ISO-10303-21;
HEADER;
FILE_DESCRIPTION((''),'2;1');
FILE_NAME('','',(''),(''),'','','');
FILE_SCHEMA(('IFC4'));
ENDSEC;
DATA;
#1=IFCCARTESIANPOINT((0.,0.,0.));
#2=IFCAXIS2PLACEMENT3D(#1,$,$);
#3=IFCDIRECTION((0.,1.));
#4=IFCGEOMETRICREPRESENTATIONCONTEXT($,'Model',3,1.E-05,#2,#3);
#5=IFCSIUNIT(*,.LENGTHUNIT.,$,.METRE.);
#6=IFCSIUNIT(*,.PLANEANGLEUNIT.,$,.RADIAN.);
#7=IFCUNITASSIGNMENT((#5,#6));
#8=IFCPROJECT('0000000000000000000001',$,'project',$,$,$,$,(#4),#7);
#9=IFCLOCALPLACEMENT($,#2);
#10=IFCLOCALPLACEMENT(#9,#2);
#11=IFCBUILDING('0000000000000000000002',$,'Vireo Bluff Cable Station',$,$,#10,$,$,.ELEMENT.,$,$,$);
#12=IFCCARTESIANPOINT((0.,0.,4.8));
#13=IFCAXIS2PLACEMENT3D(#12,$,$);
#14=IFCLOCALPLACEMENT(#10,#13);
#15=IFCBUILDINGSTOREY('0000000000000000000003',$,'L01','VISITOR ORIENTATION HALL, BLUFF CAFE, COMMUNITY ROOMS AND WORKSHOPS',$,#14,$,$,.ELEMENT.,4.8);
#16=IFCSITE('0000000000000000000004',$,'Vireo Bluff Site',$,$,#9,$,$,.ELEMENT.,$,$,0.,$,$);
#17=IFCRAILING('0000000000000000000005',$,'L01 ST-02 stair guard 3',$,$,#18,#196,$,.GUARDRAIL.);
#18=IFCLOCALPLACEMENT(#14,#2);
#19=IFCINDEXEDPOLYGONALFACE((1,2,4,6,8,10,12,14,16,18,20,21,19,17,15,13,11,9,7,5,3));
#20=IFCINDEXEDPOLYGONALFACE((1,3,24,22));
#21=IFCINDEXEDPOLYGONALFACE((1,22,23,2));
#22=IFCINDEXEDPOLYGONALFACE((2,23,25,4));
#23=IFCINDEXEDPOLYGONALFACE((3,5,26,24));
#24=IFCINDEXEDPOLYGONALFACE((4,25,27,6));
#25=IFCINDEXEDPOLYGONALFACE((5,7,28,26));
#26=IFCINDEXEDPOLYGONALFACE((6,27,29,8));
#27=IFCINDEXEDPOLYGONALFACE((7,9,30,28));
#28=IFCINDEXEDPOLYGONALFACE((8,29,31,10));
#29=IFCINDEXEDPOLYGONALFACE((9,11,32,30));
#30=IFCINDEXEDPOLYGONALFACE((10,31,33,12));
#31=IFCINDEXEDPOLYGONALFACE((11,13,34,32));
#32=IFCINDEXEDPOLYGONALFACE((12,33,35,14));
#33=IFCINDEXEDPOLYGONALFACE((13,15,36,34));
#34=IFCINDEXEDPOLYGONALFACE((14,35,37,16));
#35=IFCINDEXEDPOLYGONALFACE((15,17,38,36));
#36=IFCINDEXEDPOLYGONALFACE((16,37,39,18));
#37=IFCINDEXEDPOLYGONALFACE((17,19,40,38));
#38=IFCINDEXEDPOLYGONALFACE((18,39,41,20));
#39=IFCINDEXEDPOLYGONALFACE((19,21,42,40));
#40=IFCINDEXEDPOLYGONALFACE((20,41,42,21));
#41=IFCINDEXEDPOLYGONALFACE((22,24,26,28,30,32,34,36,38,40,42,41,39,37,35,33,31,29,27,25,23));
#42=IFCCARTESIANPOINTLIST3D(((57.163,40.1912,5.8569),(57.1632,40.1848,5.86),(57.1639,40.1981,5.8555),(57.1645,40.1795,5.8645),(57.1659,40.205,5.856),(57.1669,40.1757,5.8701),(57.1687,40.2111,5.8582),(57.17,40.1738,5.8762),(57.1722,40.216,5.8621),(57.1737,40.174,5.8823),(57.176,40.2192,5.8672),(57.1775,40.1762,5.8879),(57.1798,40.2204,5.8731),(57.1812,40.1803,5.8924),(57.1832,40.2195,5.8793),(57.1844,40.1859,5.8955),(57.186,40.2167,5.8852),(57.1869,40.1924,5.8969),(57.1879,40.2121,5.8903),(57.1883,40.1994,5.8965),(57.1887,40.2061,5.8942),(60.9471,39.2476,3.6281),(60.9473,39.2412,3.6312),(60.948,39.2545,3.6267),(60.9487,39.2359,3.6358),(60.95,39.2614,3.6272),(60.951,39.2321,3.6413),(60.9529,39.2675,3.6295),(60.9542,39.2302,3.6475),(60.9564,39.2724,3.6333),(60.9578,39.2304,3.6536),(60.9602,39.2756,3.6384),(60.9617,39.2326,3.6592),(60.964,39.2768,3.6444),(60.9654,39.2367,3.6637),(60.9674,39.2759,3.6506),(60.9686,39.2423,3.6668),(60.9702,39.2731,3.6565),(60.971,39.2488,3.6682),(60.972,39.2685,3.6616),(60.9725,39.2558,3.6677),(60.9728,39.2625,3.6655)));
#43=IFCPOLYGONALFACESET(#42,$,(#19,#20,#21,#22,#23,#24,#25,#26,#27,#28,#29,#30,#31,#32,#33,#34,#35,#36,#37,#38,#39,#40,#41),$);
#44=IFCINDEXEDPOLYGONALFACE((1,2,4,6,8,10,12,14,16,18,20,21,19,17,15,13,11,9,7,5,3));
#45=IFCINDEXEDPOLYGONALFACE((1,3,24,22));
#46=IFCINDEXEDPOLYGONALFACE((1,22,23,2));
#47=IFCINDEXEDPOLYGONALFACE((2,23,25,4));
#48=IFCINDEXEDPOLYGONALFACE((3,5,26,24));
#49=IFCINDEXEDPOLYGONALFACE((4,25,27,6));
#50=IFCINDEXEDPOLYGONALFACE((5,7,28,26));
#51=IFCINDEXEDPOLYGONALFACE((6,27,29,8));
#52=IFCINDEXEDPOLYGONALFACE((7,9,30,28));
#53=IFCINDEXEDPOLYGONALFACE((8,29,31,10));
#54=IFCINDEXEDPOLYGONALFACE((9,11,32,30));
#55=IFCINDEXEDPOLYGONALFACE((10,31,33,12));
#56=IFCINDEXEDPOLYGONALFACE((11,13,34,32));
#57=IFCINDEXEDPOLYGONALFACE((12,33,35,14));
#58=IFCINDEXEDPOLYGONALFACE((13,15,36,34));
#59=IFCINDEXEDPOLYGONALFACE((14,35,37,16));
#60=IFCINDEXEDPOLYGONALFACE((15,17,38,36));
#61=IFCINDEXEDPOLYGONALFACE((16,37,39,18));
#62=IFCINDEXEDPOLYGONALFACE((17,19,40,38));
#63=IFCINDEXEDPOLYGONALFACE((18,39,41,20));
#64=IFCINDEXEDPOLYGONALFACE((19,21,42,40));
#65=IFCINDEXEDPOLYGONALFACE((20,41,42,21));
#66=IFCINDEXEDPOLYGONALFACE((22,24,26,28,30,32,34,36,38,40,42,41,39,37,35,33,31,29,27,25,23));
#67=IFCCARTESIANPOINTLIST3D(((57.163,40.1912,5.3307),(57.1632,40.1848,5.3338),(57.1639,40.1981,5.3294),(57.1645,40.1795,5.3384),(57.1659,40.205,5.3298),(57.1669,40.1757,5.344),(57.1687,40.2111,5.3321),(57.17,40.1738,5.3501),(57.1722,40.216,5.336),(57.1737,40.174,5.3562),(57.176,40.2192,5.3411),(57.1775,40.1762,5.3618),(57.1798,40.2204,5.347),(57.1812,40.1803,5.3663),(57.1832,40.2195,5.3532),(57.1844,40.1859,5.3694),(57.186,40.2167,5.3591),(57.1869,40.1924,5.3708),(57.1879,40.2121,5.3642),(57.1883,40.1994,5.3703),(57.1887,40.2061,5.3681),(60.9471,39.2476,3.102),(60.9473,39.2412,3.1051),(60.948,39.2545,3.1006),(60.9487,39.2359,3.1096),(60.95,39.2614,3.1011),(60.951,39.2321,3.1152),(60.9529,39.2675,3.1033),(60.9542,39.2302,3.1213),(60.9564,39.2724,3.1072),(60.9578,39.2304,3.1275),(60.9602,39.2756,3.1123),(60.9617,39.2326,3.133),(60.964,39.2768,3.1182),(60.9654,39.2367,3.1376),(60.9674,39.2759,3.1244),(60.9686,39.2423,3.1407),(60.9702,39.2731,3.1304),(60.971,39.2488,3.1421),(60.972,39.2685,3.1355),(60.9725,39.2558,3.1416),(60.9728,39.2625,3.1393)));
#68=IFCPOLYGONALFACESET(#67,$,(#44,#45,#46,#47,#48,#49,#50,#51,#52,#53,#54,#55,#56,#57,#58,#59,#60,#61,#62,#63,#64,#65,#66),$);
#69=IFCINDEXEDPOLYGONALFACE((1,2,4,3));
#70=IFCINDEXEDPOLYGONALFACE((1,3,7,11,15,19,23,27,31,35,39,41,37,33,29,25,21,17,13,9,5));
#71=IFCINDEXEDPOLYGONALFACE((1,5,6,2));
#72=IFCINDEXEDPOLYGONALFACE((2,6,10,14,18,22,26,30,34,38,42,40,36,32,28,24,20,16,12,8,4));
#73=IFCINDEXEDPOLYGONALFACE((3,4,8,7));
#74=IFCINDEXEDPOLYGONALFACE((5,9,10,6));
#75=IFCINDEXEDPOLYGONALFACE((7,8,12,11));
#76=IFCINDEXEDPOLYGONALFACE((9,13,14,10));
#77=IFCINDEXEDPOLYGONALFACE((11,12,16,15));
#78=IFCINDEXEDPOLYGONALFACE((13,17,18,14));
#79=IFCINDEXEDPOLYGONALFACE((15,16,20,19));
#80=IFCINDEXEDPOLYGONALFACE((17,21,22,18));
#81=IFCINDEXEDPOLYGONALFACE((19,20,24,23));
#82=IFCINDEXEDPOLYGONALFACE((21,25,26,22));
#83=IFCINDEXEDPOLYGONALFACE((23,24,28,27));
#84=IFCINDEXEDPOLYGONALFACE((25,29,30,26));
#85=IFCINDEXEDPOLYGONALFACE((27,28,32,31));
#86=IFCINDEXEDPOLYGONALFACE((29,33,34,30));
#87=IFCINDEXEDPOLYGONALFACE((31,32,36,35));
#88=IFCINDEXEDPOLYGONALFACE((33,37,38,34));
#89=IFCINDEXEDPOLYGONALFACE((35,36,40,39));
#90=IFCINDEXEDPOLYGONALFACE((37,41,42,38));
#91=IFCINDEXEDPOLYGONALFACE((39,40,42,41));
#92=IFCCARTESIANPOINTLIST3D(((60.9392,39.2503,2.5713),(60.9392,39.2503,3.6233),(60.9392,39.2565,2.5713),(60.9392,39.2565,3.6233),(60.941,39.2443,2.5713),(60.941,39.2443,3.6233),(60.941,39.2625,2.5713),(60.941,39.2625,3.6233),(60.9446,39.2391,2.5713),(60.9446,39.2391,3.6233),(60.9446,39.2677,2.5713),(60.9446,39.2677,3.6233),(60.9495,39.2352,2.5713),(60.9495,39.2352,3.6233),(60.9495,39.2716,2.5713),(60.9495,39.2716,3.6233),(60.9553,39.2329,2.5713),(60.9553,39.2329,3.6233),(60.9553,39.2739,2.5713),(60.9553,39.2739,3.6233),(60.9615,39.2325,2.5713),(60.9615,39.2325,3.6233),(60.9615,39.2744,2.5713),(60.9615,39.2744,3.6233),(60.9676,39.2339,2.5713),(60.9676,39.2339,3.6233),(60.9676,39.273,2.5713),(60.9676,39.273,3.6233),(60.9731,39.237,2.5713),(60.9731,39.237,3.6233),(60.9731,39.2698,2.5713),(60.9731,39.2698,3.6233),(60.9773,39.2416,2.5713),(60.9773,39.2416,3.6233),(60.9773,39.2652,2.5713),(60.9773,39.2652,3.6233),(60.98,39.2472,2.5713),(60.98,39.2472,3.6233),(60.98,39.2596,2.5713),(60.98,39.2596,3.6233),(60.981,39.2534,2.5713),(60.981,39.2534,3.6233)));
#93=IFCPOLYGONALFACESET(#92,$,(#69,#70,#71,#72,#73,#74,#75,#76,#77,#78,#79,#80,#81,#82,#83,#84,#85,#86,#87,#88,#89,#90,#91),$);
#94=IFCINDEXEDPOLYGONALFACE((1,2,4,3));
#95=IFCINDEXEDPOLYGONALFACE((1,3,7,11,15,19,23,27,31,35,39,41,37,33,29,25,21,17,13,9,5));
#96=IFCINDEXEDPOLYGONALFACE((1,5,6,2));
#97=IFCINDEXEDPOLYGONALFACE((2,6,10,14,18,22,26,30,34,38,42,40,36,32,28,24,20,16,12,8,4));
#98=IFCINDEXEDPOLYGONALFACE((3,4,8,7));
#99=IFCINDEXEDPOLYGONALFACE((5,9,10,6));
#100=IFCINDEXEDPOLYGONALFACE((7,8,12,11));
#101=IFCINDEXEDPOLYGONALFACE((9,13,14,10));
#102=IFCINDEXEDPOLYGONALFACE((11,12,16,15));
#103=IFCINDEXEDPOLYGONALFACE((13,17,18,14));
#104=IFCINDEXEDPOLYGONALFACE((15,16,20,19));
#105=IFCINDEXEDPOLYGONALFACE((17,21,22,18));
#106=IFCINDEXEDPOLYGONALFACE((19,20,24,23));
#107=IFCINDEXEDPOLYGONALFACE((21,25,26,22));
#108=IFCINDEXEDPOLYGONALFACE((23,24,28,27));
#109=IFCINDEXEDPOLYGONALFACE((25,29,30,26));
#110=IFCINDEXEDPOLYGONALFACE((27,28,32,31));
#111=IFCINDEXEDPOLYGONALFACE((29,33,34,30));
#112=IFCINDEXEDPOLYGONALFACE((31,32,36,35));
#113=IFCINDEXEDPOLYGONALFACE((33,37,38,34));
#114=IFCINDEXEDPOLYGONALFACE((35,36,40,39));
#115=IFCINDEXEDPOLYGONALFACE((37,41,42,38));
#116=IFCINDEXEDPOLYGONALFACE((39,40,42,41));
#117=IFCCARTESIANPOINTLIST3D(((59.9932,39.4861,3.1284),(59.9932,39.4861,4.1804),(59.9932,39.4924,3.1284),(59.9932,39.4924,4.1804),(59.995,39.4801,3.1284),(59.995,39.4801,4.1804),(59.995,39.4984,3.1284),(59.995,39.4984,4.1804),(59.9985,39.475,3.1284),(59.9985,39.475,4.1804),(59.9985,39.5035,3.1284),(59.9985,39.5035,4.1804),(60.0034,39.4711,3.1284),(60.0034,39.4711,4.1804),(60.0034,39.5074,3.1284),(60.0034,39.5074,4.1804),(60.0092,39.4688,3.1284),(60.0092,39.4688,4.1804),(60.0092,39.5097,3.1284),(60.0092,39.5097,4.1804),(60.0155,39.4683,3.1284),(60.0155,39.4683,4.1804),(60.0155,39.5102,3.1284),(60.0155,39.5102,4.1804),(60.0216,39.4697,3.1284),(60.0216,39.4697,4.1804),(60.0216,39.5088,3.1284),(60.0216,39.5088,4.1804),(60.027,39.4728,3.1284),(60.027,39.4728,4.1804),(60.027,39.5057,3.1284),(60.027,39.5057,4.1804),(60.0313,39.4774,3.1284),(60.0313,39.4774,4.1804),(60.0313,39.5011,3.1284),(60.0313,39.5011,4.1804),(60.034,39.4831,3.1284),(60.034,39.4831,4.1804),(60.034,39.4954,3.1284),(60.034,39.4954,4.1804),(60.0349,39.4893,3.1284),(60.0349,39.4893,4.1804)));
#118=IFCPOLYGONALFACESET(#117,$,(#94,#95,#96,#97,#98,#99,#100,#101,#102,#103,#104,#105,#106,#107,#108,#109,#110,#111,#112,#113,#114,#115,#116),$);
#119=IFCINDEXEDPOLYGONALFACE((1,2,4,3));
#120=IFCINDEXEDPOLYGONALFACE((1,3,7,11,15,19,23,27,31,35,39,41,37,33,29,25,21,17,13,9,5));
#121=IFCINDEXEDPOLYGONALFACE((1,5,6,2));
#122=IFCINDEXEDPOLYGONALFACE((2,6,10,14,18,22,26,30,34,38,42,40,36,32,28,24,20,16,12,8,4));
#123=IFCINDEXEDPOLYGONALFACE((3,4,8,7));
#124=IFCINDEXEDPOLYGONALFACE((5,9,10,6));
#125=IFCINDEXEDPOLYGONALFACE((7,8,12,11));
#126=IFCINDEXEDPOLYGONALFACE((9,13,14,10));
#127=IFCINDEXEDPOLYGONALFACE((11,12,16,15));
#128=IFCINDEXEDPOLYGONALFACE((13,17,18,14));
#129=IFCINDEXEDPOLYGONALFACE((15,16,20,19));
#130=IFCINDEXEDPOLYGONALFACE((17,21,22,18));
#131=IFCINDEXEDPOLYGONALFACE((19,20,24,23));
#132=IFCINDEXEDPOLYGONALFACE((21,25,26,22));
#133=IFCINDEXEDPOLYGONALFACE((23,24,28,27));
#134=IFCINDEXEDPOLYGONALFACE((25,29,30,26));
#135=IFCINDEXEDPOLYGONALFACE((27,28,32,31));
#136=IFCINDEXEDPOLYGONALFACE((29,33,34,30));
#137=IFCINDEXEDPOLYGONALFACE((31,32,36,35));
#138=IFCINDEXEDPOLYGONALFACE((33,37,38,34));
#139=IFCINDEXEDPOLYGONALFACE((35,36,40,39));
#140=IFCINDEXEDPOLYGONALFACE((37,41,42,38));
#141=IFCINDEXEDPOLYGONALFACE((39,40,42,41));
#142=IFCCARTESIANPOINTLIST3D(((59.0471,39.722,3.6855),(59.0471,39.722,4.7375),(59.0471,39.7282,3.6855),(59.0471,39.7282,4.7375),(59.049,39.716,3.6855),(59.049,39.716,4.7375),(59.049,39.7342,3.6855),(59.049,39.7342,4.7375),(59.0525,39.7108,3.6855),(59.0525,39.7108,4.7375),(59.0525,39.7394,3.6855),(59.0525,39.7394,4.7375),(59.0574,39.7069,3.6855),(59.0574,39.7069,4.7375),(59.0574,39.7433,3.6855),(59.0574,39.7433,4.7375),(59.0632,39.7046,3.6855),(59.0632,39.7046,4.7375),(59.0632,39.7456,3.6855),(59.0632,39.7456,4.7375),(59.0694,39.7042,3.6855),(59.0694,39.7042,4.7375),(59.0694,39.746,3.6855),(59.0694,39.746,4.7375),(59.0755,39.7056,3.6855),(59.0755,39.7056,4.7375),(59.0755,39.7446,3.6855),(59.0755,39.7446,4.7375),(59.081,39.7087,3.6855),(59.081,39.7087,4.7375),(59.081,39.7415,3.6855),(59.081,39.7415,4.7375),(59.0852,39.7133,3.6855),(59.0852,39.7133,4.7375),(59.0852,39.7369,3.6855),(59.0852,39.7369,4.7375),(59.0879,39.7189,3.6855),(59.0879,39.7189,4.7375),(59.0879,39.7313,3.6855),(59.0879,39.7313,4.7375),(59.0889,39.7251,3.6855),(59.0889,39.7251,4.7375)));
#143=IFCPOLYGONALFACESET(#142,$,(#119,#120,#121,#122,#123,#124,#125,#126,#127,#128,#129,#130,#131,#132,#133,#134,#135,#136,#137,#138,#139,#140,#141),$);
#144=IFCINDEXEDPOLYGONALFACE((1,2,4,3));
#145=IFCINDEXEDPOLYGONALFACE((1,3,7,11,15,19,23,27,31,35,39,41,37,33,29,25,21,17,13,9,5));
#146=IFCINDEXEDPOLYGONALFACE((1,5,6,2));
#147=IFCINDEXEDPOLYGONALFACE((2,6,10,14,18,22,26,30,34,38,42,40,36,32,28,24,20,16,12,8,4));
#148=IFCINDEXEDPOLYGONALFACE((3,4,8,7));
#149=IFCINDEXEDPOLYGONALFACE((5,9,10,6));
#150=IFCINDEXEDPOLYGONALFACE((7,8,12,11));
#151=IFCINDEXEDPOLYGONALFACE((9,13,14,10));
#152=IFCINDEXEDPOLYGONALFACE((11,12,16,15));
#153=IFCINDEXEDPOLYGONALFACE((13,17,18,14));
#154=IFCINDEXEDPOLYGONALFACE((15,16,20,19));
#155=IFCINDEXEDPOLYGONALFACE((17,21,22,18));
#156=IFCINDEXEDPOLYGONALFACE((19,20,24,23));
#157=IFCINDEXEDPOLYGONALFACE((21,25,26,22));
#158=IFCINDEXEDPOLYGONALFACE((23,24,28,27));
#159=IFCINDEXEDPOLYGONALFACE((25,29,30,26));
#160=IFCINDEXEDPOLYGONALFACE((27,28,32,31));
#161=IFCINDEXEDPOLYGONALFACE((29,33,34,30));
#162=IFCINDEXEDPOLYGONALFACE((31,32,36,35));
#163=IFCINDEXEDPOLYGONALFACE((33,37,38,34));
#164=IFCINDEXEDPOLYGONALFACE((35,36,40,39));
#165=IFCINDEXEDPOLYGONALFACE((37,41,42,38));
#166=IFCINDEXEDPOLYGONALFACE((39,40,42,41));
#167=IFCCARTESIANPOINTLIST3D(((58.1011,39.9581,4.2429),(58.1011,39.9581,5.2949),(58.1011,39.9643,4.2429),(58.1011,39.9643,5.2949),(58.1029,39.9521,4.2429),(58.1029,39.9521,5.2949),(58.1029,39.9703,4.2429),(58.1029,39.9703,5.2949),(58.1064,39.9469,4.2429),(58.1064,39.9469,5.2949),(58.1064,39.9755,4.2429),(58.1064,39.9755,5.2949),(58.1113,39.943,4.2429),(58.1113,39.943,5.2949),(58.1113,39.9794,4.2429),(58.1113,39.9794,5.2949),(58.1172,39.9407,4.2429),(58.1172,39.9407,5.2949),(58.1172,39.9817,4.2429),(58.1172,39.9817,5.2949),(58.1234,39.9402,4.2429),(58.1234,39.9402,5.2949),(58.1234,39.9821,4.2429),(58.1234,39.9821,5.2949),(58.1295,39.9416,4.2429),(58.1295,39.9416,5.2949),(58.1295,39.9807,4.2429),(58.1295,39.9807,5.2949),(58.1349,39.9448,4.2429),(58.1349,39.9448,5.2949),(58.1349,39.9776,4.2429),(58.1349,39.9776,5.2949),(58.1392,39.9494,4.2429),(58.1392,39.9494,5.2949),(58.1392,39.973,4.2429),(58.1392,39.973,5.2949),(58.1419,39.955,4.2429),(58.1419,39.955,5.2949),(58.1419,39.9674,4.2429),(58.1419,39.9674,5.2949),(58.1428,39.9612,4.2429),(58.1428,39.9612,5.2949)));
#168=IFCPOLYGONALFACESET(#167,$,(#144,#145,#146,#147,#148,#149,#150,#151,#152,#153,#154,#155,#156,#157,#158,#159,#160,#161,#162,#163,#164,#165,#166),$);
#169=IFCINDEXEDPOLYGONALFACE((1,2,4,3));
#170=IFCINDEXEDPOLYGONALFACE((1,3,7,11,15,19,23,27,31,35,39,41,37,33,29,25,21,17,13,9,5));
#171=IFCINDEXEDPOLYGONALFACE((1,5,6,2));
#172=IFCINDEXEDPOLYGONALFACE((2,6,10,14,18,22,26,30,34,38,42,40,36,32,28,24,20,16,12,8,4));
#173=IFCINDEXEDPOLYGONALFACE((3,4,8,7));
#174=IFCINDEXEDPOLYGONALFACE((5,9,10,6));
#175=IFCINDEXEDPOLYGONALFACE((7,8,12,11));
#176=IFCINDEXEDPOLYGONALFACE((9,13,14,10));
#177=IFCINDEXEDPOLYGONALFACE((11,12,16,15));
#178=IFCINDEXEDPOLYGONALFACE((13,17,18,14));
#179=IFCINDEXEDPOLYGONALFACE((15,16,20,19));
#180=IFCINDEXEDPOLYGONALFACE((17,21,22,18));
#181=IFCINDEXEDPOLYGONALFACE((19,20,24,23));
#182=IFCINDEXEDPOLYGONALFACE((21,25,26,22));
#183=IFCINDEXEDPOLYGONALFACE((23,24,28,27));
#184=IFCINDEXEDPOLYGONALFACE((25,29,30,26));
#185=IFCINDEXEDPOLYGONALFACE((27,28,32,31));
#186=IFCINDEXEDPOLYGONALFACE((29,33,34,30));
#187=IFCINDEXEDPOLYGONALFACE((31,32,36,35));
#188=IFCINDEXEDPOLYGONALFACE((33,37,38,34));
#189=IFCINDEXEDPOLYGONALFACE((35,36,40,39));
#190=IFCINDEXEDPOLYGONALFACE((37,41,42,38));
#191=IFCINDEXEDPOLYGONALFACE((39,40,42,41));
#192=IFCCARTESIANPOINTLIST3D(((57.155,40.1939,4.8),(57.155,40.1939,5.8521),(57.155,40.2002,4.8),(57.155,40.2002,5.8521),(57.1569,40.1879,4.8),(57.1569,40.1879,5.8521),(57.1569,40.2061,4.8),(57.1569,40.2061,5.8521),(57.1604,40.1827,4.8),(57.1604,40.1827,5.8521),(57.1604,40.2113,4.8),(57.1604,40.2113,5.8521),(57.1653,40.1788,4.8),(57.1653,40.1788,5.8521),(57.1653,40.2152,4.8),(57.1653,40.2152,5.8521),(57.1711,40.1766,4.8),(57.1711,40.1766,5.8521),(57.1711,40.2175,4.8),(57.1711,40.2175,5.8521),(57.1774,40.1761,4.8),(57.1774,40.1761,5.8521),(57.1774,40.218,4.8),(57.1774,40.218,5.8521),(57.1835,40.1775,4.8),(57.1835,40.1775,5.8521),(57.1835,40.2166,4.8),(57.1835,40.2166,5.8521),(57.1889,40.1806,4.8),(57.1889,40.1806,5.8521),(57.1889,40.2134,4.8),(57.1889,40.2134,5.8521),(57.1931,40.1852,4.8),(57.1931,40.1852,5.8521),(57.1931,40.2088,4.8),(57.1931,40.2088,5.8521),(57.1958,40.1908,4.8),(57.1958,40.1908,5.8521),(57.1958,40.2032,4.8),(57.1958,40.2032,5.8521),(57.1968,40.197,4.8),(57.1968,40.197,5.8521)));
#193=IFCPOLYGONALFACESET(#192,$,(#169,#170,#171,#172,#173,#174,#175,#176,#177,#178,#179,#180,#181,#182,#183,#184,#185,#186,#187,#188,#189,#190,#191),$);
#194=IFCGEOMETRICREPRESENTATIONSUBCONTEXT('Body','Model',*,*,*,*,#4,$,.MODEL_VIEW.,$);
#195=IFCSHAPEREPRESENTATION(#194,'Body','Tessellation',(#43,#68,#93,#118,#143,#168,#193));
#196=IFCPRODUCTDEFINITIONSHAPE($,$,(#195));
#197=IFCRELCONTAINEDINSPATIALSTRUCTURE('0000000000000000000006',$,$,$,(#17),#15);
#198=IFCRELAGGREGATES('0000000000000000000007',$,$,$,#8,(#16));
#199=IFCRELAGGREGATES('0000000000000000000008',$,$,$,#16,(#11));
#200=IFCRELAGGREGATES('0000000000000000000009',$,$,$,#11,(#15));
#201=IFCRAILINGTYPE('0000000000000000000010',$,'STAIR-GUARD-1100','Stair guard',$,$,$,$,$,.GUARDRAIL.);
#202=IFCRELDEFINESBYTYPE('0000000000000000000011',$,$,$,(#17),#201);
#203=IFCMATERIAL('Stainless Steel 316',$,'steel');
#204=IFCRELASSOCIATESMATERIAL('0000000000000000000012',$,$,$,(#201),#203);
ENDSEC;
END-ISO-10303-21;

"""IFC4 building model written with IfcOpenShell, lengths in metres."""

from ifc_helpers import new_model, si_unit, direction, frame, origin, origin_2d, place, context, subcontext, project, spatial, circle, extrude, material, type_object, element, save


model = new_model("IFC4")

# Units and contexts
model_context = context("Model", 3, precision=1e-05, world=origin(), true_north=direction((0.0, 1.0)))
body_context = subcontext(model_context, "Body", "Model", "MODEL_VIEW")
ifc_project = project(units=[si_unit("LENGTHUNIT", "METRE"), si_unit("PLANEANGLEUNIT", "RADIAN")], contexts=[model_context])

# Site, building, storey
site_placement = place(None, origin())
site = spatial("IfcSite", under=ifc_project, at=site_placement, Name="Vireo Bluff Site", CompositionType="ELEMENT", RefElevation=0.0)
building_placement = place(site_placement, origin())
building = spatial("IfcBuilding", under=site, at=building_placement, Name="Vireo Bluff Cable Station", CompositionType="ELEMENT")
storey_placement = place(building_placement, frame((0.0, 0.0, 4.8)))
storey = spatial("IfcBuildingStorey", under=building, at=storey_placement, Name="L01", Description="VISITOR ORIENTATION HALL, BLUFF CAFE, COMMUNITY ROOMS AND WORKSHOPS", CompositionType="ELEMENT", Elevation=4.8)

# Shared definitions
ifc_material_1 = material(Name="Stainless Steel 316", Category="steel")

# Railing
railing_type_1 = type_object("IfcRailingType", Name="STAIR-GUARD-1100", Description="Stair guard", PredefinedType="GUARDRAIL", material=ifc_material_1)
railing_1_placement = place(storey_placement, frame((60.96, 39.2534, 2.5713)))
element("IfcRailing", 1, at=railing_1_placement, inside=storey, type_object=railing_type_1, Name="L01 ST-02 stair guard 3", PredefinedType="GUARDRAIL", context=body_context, shape_type="SweptSolid", body=[
    extrude(circle(Radius=0.0239, at=origin_2d()), frame((0.0, 0.0, 1.0762), z_axis=(-0.842433, 0.210065, 0.496166), x_axis=(-0.241946, -0.97029, 0.0)), (0.0, 0.0, 1.0), 4.4919),
    extrude(circle(Radius=0.0239, at=origin_2d()), frame((0.0, 0.0, 0.55), z_axis=(-0.842433, 0.210065, 0.496166), x_axis=(-0.241946, -0.97029, 0.0)), (0.0, 0.0, 1.0), 4.4919),
    extrude(circle(Radius=0.021, at=origin_2d()), origin(), (0.0, 0.0, 1.0), 1.052),
    extrude(circle(Radius=0.021, at=origin_2d()), frame((-0.946, 0.2358, 0.5571)), (0.0, 0.0, 1.0), 1.052),
    extrude(circle(Radius=0.021, at=origin_2d()), frame((-1.8921, 0.4717, 1.1143)), (0.0, 0.0, 1.0), 1.052),
    extrude(circle(Radius=0.021, at=origin_2d()), frame((-2.8381, 0.7078, 1.6716)), (0.0, 0.0, 1.0), 1.052),
    extrude(circle(Radius=0.021, at=origin_2d()), frame((-3.7842, 0.9436, 2.2288)), (0.0, 0.0, 1.0), 1.052),
])

save(model, "model.ifc")
